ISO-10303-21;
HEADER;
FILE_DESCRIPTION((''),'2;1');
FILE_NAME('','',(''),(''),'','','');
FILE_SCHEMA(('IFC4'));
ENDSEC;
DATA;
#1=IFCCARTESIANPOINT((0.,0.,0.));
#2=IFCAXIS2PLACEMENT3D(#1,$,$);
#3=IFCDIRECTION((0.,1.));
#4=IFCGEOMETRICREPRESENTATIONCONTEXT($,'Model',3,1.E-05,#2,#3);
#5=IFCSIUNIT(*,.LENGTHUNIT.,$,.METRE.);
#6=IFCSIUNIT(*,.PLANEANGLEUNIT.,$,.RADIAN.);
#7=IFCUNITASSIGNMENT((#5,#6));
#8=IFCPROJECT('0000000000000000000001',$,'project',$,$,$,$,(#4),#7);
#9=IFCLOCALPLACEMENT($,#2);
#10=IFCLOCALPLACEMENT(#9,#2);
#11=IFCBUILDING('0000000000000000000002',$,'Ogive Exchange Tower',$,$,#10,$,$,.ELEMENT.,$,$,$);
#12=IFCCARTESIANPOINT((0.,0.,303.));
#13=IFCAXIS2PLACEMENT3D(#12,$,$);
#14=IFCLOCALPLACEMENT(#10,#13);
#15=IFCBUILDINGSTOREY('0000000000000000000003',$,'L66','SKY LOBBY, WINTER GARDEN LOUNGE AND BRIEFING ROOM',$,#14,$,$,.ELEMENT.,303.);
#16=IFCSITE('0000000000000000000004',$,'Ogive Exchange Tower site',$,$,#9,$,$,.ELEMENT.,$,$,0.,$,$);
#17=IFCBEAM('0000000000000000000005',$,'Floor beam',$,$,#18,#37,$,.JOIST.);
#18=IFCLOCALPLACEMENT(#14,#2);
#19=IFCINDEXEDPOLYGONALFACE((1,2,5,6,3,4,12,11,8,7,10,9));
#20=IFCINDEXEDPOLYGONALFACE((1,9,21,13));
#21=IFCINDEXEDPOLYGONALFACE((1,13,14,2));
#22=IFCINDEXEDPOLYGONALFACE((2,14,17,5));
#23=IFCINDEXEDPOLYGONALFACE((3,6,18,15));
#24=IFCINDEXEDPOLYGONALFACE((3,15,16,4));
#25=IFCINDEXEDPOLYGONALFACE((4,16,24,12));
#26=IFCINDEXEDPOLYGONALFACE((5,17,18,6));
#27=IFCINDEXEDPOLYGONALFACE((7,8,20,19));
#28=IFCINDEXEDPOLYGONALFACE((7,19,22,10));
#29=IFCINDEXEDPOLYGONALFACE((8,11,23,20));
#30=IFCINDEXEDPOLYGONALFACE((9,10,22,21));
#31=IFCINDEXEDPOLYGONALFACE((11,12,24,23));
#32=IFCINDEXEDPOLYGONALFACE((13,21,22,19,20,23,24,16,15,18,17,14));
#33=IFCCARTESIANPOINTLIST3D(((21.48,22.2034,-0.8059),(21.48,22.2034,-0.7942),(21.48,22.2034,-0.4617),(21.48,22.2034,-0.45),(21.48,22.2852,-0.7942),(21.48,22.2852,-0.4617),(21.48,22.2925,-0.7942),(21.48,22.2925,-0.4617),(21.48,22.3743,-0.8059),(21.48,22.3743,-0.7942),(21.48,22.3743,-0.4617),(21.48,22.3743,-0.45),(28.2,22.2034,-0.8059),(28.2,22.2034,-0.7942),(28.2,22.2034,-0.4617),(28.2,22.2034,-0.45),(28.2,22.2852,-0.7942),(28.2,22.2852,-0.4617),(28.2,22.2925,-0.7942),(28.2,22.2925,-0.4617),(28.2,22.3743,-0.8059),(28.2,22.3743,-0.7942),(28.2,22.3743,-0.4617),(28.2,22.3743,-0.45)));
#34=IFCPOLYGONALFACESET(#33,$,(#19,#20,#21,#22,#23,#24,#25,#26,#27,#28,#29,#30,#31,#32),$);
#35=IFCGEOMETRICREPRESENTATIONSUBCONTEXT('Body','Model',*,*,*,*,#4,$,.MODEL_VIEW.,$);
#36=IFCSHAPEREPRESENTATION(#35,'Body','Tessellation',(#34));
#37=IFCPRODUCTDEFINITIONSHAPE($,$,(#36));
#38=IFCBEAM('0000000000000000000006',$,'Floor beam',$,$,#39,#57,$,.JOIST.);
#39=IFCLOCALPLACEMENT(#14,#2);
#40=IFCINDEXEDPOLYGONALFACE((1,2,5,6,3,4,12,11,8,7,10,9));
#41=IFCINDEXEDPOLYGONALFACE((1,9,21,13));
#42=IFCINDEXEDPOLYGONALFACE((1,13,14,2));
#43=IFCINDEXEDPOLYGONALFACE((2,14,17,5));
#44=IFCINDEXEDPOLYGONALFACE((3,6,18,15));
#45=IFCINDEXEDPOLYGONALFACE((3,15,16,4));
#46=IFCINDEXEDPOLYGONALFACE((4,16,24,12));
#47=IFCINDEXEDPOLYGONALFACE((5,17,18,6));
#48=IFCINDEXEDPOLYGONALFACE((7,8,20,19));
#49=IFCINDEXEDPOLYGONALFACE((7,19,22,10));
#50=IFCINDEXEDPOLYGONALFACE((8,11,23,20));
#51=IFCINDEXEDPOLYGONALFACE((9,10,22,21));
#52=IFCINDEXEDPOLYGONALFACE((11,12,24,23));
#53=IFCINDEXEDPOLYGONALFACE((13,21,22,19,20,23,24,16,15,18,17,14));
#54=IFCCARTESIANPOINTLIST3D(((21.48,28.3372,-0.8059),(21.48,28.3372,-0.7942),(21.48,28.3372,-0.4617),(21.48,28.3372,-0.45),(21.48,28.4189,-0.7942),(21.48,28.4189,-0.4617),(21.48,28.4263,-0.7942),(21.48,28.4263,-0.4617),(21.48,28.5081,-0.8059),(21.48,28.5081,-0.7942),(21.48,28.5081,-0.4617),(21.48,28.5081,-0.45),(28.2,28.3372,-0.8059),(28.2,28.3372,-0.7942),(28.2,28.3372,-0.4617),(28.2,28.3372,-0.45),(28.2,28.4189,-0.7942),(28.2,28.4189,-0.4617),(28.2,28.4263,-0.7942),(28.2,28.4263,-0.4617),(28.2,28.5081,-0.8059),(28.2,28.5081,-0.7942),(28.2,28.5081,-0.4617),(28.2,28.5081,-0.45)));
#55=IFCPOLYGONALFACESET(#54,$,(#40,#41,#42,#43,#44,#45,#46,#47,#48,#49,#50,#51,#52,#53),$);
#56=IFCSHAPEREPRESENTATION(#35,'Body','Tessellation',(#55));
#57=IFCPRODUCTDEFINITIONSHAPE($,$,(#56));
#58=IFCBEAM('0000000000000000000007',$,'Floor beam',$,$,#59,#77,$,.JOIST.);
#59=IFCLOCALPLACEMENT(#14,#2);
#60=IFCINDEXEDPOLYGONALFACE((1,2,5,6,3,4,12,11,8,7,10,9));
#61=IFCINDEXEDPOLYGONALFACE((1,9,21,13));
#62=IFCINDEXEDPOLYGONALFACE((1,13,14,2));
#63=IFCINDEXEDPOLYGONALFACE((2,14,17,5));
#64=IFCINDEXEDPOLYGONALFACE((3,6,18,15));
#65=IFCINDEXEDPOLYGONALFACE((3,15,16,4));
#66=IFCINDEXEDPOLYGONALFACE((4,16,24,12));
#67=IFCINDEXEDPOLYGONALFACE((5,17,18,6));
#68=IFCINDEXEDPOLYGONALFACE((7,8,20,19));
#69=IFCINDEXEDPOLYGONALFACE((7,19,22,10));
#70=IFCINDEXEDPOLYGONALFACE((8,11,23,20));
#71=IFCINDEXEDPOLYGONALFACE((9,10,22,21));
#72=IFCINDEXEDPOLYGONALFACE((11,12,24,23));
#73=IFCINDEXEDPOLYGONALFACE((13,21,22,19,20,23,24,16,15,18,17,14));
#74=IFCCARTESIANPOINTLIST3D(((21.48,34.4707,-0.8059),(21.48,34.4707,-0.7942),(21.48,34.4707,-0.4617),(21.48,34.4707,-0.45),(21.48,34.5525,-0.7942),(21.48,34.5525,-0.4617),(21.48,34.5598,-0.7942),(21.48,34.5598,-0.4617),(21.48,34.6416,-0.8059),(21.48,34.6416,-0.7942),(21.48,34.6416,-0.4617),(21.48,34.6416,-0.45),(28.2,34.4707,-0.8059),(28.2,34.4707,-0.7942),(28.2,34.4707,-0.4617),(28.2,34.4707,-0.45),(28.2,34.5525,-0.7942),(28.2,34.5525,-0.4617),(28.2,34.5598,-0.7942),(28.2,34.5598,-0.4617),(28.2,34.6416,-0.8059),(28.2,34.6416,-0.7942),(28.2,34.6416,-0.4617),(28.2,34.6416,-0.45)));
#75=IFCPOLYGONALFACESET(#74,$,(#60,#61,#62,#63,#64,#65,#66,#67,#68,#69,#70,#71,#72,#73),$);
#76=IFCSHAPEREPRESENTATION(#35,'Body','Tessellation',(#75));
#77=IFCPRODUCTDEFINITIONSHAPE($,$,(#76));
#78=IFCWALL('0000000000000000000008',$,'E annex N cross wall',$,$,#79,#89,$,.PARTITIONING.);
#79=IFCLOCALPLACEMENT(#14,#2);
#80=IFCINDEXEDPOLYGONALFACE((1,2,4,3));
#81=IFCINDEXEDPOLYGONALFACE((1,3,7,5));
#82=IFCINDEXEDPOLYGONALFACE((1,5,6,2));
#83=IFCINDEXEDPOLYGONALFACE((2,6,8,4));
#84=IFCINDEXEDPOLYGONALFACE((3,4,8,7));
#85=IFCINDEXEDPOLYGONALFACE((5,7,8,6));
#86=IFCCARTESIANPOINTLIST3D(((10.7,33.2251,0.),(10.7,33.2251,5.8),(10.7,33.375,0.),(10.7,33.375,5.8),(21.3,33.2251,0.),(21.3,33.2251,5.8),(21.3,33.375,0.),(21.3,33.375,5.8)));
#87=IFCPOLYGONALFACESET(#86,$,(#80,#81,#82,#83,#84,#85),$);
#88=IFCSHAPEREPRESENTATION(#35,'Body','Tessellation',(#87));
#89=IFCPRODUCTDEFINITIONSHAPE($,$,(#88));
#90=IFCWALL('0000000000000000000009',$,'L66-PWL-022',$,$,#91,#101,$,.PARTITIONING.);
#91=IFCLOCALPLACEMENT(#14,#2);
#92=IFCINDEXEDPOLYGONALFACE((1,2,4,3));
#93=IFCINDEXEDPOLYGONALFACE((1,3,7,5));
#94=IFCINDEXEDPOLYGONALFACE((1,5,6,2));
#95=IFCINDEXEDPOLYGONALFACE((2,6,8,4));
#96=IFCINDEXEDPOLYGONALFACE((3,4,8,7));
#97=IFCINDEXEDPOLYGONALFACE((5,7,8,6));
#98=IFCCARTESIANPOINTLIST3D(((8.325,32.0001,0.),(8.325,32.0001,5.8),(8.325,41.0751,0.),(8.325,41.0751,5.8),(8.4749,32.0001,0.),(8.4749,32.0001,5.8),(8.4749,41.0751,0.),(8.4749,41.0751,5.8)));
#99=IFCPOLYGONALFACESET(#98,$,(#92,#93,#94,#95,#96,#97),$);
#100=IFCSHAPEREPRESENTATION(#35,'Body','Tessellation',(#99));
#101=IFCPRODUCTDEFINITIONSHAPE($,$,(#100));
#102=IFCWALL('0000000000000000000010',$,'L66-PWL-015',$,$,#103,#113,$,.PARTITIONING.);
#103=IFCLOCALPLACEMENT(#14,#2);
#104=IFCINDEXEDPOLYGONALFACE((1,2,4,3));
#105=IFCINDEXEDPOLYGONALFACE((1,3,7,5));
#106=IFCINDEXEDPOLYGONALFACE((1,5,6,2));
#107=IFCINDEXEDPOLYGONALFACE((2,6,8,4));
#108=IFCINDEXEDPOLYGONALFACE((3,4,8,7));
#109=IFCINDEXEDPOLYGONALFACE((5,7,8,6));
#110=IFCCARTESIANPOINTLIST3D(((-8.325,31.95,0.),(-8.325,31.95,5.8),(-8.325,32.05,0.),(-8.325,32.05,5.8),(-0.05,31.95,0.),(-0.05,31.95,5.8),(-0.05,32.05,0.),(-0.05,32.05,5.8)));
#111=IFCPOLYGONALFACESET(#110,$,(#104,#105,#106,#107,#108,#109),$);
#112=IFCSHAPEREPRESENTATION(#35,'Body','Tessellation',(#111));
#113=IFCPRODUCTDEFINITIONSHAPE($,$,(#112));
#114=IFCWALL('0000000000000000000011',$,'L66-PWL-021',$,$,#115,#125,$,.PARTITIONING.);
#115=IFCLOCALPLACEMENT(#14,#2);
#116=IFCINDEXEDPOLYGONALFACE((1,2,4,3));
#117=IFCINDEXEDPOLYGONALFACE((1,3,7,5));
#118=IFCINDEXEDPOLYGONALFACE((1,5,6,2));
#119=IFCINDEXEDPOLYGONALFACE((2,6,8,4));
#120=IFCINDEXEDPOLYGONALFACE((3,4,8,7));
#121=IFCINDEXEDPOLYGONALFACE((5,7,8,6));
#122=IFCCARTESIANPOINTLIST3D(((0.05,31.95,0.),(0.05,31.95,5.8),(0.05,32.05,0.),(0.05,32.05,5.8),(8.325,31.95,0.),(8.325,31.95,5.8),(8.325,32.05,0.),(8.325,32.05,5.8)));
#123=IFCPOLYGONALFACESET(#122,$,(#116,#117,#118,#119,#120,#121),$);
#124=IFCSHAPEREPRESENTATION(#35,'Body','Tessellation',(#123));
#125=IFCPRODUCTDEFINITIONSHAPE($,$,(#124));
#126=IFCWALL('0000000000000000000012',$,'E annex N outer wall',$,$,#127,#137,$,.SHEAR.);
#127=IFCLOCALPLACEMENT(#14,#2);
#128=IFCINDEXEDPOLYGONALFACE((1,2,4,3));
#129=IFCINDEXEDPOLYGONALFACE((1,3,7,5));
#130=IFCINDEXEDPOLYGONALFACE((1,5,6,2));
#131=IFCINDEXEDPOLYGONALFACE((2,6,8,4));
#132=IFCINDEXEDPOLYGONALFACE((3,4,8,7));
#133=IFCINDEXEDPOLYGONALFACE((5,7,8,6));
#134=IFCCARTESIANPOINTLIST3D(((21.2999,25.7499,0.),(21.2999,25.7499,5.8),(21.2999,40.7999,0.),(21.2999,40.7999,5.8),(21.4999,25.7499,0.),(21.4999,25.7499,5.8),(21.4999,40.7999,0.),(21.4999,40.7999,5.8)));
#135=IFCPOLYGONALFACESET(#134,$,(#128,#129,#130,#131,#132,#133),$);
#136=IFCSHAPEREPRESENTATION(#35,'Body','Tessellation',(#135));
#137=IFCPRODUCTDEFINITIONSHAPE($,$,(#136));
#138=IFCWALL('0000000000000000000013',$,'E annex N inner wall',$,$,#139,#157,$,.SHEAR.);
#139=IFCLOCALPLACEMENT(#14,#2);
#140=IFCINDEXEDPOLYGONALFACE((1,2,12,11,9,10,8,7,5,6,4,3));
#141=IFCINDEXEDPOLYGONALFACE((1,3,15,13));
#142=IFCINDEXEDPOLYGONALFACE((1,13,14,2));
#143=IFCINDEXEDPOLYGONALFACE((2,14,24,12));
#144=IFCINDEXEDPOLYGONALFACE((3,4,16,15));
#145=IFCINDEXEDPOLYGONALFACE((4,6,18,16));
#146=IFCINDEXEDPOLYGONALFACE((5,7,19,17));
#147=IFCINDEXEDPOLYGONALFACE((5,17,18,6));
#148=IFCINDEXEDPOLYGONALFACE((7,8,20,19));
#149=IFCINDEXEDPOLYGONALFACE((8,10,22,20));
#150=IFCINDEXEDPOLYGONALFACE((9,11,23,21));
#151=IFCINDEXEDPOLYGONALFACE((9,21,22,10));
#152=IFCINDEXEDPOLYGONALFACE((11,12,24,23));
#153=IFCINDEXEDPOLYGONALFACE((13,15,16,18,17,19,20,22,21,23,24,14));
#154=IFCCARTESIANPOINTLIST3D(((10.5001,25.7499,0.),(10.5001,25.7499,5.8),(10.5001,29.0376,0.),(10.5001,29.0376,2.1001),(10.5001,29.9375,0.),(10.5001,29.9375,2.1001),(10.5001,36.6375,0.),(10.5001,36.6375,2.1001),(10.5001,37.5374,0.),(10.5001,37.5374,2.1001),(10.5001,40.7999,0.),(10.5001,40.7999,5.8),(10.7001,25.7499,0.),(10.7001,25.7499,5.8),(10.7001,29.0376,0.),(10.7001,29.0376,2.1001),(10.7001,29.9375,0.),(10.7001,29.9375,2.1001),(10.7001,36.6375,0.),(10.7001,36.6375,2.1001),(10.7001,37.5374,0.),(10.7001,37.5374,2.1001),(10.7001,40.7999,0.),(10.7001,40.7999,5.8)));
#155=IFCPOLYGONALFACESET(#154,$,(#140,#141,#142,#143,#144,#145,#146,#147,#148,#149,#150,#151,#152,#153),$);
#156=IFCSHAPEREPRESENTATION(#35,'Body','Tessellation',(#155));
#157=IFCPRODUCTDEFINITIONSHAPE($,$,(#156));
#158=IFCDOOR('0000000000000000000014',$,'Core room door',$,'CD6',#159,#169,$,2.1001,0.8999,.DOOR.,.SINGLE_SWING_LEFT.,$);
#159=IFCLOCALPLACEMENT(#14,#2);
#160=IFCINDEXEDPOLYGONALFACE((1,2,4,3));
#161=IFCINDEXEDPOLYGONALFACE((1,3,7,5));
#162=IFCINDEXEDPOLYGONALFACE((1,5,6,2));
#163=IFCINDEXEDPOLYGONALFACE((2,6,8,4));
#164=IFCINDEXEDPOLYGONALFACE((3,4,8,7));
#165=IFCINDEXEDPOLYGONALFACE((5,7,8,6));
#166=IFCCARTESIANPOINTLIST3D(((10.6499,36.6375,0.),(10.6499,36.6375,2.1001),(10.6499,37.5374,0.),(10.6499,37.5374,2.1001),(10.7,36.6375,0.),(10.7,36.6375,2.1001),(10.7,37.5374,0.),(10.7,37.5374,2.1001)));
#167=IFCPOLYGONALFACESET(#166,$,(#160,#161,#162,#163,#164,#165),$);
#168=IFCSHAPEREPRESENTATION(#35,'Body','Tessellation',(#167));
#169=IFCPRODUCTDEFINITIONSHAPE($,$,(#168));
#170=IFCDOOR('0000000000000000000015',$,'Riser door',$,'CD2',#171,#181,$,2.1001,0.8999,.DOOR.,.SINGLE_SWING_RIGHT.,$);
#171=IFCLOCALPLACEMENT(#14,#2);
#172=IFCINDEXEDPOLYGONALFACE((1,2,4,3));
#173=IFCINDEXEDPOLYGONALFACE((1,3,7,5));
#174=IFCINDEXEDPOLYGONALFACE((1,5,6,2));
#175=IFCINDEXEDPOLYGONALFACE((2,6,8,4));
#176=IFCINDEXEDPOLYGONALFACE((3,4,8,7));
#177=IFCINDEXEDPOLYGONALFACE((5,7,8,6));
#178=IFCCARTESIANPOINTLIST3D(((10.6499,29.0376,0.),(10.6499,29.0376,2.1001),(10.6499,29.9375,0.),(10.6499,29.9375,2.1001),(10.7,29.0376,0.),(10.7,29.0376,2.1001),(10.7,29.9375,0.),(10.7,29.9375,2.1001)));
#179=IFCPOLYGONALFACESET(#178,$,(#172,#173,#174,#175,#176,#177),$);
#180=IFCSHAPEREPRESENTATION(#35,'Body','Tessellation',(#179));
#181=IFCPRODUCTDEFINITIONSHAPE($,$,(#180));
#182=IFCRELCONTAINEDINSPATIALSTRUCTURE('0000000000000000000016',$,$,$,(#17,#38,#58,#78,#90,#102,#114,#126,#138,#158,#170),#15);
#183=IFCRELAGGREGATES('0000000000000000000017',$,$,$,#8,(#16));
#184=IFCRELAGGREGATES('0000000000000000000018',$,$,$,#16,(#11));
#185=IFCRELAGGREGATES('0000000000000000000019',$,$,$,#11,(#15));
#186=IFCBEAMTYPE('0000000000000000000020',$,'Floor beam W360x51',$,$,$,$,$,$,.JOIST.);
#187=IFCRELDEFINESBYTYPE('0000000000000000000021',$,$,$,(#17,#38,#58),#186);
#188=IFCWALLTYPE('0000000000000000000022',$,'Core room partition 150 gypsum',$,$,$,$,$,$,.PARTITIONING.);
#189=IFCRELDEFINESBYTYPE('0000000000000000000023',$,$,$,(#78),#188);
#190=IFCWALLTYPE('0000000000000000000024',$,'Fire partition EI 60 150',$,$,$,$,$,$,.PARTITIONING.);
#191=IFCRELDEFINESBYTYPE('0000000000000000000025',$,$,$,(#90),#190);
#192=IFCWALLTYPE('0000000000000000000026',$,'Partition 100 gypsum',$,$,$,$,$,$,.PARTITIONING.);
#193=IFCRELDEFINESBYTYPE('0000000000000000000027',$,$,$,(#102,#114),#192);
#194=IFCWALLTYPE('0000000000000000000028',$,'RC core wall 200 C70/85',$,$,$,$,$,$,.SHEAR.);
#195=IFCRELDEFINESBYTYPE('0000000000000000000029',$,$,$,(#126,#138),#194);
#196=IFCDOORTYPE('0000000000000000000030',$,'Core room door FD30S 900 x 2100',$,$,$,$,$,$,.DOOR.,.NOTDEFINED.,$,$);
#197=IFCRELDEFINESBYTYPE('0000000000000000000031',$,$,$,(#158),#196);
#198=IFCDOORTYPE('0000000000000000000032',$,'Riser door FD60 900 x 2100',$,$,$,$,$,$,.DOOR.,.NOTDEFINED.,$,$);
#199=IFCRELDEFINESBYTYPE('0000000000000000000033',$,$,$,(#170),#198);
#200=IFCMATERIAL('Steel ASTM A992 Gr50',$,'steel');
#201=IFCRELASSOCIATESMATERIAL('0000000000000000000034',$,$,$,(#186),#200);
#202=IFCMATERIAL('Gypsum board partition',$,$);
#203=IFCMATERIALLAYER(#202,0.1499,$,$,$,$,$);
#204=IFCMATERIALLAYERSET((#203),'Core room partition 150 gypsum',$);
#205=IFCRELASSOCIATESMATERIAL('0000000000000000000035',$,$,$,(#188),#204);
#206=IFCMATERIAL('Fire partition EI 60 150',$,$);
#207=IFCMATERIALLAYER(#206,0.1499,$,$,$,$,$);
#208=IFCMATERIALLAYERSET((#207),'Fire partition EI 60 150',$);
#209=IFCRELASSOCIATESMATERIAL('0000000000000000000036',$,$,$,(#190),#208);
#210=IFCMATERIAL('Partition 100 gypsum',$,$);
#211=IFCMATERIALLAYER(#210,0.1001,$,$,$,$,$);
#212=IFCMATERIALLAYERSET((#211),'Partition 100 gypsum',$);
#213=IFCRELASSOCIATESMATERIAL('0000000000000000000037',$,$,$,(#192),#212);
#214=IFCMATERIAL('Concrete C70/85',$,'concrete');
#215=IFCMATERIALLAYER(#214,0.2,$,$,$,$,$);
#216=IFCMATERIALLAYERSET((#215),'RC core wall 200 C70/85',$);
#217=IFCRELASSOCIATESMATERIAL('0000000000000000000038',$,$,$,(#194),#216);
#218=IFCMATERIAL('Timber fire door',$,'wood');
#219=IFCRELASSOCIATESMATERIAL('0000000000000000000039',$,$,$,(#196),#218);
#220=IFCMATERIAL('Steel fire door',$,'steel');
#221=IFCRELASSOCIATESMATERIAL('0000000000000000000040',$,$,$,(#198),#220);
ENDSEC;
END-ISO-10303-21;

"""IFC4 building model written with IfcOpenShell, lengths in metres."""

from ifc_helpers import new_model, si_unit, direction, frame, frame_2d, origin, origin_2d, place, context, subcontext, project, spatial, rectangle, i_section, extrude, material, layer, layer_set, material_profile, profile_set, type_object, element, fill, save


model = new_model("IFC4")

# Units and contexts
model_context = context("Model", 3, precision=1e-05, world=origin(), true_north=direction((0.0, 1.0)))
body_context = subcontext(model_context, "Body", "Model", "MODEL_VIEW")
ifc_project = project(units=[si_unit("LENGTHUNIT", "METRE"), si_unit("PLANEANGLEUNIT", "RADIAN")], contexts=[model_context])

# Site, building, storey
site_placement = place(None, origin())
site = spatial("IfcSite", under=ifc_project, at=site_placement, Name="Ogive Exchange Tower site", CompositionType="ELEMENT", RefElevation=0.0)
building_placement = place(site_placement, origin())
building = spatial("IfcBuilding", under=site, at=building_placement, Name="Ogive Exchange Tower", CompositionType="ELEMENT")
storey_placement = place(building_placement, frame((0.0, 0.0, 303.0)))
storey = spatial("IfcBuildingStorey", under=building, at=storey_placement, Name="L66", Description="SKY LOBBY, WINTER GARDEN LOUNGE AND BRIEFING ROOM", CompositionType="ELEMENT", Elevation=303.0)

# Beams
ifc_material_1 = material(Name="Steel ASTM A992 Gr50", Category="steel")
ifc_material_profile = material_profile(ifc_material_1, i_section(OverallWidth=0.1709, OverallDepth=0.356, WebThickness=0.0073, FlangeThickness=0.0117, at=origin_2d()), Name="W360x51")
ifc_profile_set = profile_set([ifc_material_profile], Name="Steel ASTM A992 Gr50")
beam_type = type_object("IfcBeamType", Name="Floor beam W360x51", PredefinedType="JOIST", material=ifc_profile_set)
for number, where, z_axis, x_axis, name in (
    (1, (21.48, 22.2888, -0.6279), (1.0, 0.0, 0.0), (0.0, 1.0, 0.0), "Floor beam"),
    (2, (21.48, 28.4226, -0.6279), (1.0, 0.0, 0.0), (0.0, 1.0, 0.0), "Floor beam"),
    (3, (21.48, 34.5562, -0.6279), (1.0, 0.0, 0.0), (0.0, 1.0, 0.0), "Floor beam"),
):
    element("IfcBeam", number, at=place(storey_placement, frame(where, z_axis=z_axis, x_axis=x_axis)), inside=storey, type_object=beam_type, Name=name, PredefinedType="JOIST", context=body_context, shape_type="SweptSolid", body=[
        extrude(i_section(OverallWidth=0.1709, OverallDepth=0.356, WebThickness=0.0073, FlangeThickness=0.0117, at=origin_2d()), origin(), (0.0, 0.0, 1.0), 6.72),
    ])

# Walls
ifc_material_2 = material(Name="Gypsum board partition")
ifc_layer_1 = layer(ifc_material_2, 0.1499)
ifc_layer_set_1 = layer_set([ifc_layer_1], Name="Core room partition 150 gypsum")
wall_type_1 = type_object("IfcWallType", Name="Core room partition 150 gypsum", PredefinedType="PARTITIONING", material=ifc_layer_set_1)
wall_1_placement = place(storey_placement, frame((10.7, 33.3, 0.0), z_axis=(0.0, 0.0, 1.0), x_axis=(1.0, 0.0, 0.0)))
element("IfcWall", 4, at=wall_1_placement, inside=storey, type_object=wall_type_1, Name="E annex N cross wall", PredefinedType="PARTITIONING", context=body_context, shape_type="SweptSolid", body=[
    extrude(rectangle(XDim=10.6001, YDim=0.1499, at=frame_2d((5.3, 0.0))), origin(), (0.0, 0.0, 1.0), 5.8),
])
ifc_material_3 = material(Name="Fire partition EI 60 150")
ifc_layer_2 = layer(ifc_material_3, 0.1499)
ifc_layer_set_2 = layer_set([ifc_layer_2], Name="Fire partition EI 60 150")
wall_type_2 = type_object("IfcWallType", Name="Fire partition EI 60 150", PredefinedType="PARTITIONING", material=ifc_layer_set_2)
wall_2_placement = place(storey_placement, frame((8.3999, 32.0, 0.0), z_axis=(0.0, 0.0, 1.0), x_axis=(0.0, 1.0, 0.0)))
element("IfcWall", 5, at=wall_2_placement, inside=storey, type_object=wall_type_2, Name="L66-PWL-022", PredefinedType="PARTITIONING", context=body_context, shape_type="SweptSolid", body=[
    extrude(rectangle(XDim=9.075, YDim=0.1499, at=frame_2d((4.5376, 0.0))), origin(), (0.0, 0.0, 1.0), 5.8),
])
ifc_material_4 = material(Name="Partition 100 gypsum")
ifc_layer_3 = layer(ifc_material_4, 0.1001)
ifc_layer_set_3 = layer_set([ifc_layer_3], Name="Partition 100 gypsum")
wall_type_3 = type_object("IfcWallType", Name="Partition 100 gypsum", PredefinedType="PARTITIONING", material=ifc_layer_set_3)
for number, where, z_axis, x_axis, name in (
    (6, (-0.05, 32.0, 0.0), (0.0, 0.0, 1.0), (-1.0, 0.0, 0.0), "L66-PWL-015"),
    (7, (8.325, 32.0, 0.0), (0.0, 0.0, 1.0), (-1.0, 0.0, 0.0), "L66-PWL-021"),
):
    element("IfcWall", number, at=place(storey_placement, frame(where, z_axis=z_axis, x_axis=x_axis)), inside=storey, type_object=wall_type_3, Name=name, PredefinedType="PARTITIONING", context=body_context, shape_type="SweptSolid", body=[
        extrude(rectangle(XDim=8.2749, YDim=0.1001, at=frame_2d((4.1375, 0.0))), origin(), (0.0, 0.0, 1.0), 5.8),
    ])
ifc_material_5 = material(Name="Concrete C70/85", Category="concrete")
ifc_layer_4 = layer(ifc_material_5, 0.2)
ifc_layer_set_4 = layer_set([ifc_layer_4], Name="RC core wall 200 C70/85")
wall_type_4 = type_object("IfcWallType", Name="RC core wall 200 C70/85", PredefinedType="SHEAR", material=ifc_layer_set_4)
wall_3_placement = place(storey_placement, frame((21.3999, 25.75, 0.0), z_axis=(0.0, 0.0, 1.0), x_axis=(0.0, 1.0, 0.0)))
element("IfcWall", 8, at=wall_3_placement, inside=storey, type_object=wall_type_4, Name="E annex N outer wall", PredefinedType="SHEAR", context=body_context, shape_type="SweptSolid", body=[
    extrude(rectangle(XDim=15.05, YDim=0.2, at=frame_2d((7.5249, 0.0))), origin(), (0.0, 0.0, 1.0), 5.8),
])

# Wall, openings, doors
wall_4_placement = place(storey_placement, frame((10.6001, 25.75, 0.0), z_axis=(0.0, 0.0, 1.0), x_axis=(0.0, 1.0, 0.0)))
wall_4 = element("IfcWall", 9, at=wall_4_placement, inside=storey, type_object=wall_type_4, Name="E annex N inner wall", PredefinedType="SHEAR", context=body_context, shape_type="SweptSolid", body=[
    extrude(rectangle(XDim=15.05, YDim=0.2, at=frame_2d((7.5249, 0.0))), origin(), (0.0, 0.0, 1.0), 5.8),
])
opening_1_placement = place(wall_4_placement, frame((3.2876, 0.0, 0.0)))
opening_1 = element("IfcOpeningElement", 10, at=opening_1_placement, cuts=wall_4, PredefinedType="OPENING", context=body_context, shape_type="SweptSolid", body=[
    extrude(rectangle(XDim=0.8999, YDim=2.1001, at=frame_2d((0.45, 1.05))), frame((0.0, 0.1099, 0.0), z_axis=(0.0, -1.0, 0.0), x_axis=(1.0, 0.0, 0.0)), (0.0, 0.0, 1.0), 0.22),
])
opening_2_placement = place(wall_4_placement, frame((10.8875, 0.0, 0.0)))
opening_2 = element("IfcOpeningElement", 11, at=opening_2_placement, cuts=wall_4, PredefinedType="OPENING", context=body_context, shape_type="SweptSolid", body=[
    extrude(rectangle(XDim=0.8999, YDim=2.1001, at=frame_2d((0.45, 1.05))), frame((0.0, 0.1099, 0.0), z_axis=(0.0, -1.0, 0.0), x_axis=(1.0, 0.0, 0.0)), (0.0, 0.0, 1.0), 0.22),
])
ifc_material_6 = material(Name="Timber fire door", Category="wood")
door_type_1 = type_object("IfcDoorType", Name="Core room door FD30S 900 x 2100", OperationType="NOTDEFINED", PredefinedType="DOOR", material=ifc_material_6)
door_1_placement = place(opening_2_placement, origin())
door_1 = element("IfcDoor", 12, at=door_1_placement, inside=storey, type_object=door_type_1, Name="Core room door", ObjectType="CD6", OperationType="SINGLE_SWING_LEFT", OverallHeight=2.1001, OverallWidth=0.8999, PredefinedType="DOOR", context=body_context, shape_type="SweptSolid", body=[
    extrude(rectangle(XDim=0.8999, YDim=2.1001, at=frame_2d((0.45, 1.05))), frame((0.0, -0.0498, 0.0), z_axis=(0.0, -1.0, 0.0), x_axis=(1.0, 0.0, 0.0)), (0.0, 0.0, 1.0), 0.05),
])
fill(opening_2, door_1)
ifc_material_7 = material(Name="Steel fire door", Category="steel")
door_type_2 = type_object("IfcDoorType", Name="Riser door FD60 900 x 2100", OperationType="NOTDEFINED", PredefinedType="DOOR", material=ifc_material_7)
door_2_placement = place(opening_1_placement, origin())
door_2 = element("IfcDoor", 13, at=door_2_placement, inside=storey, type_object=door_type_2, Name="Riser door", ObjectType="CD2", OperationType="SINGLE_SWING_RIGHT", OverallHeight=2.1001, OverallWidth=0.8999, PredefinedType="DOOR", context=body_context, shape_type="SweptSolid", body=[
    extrude(rectangle(XDim=0.8999, YDim=2.1001, at=frame_2d((0.45, 1.05))), frame((0.0, -0.0498, 0.0), z_axis=(0.0, -1.0, 0.0), x_axis=(1.0, 0.0, 0.0)), (0.0, 0.0, 1.0), 0.05),
])
fill(opening_1, door_2)

save(model, "model.ifc")
